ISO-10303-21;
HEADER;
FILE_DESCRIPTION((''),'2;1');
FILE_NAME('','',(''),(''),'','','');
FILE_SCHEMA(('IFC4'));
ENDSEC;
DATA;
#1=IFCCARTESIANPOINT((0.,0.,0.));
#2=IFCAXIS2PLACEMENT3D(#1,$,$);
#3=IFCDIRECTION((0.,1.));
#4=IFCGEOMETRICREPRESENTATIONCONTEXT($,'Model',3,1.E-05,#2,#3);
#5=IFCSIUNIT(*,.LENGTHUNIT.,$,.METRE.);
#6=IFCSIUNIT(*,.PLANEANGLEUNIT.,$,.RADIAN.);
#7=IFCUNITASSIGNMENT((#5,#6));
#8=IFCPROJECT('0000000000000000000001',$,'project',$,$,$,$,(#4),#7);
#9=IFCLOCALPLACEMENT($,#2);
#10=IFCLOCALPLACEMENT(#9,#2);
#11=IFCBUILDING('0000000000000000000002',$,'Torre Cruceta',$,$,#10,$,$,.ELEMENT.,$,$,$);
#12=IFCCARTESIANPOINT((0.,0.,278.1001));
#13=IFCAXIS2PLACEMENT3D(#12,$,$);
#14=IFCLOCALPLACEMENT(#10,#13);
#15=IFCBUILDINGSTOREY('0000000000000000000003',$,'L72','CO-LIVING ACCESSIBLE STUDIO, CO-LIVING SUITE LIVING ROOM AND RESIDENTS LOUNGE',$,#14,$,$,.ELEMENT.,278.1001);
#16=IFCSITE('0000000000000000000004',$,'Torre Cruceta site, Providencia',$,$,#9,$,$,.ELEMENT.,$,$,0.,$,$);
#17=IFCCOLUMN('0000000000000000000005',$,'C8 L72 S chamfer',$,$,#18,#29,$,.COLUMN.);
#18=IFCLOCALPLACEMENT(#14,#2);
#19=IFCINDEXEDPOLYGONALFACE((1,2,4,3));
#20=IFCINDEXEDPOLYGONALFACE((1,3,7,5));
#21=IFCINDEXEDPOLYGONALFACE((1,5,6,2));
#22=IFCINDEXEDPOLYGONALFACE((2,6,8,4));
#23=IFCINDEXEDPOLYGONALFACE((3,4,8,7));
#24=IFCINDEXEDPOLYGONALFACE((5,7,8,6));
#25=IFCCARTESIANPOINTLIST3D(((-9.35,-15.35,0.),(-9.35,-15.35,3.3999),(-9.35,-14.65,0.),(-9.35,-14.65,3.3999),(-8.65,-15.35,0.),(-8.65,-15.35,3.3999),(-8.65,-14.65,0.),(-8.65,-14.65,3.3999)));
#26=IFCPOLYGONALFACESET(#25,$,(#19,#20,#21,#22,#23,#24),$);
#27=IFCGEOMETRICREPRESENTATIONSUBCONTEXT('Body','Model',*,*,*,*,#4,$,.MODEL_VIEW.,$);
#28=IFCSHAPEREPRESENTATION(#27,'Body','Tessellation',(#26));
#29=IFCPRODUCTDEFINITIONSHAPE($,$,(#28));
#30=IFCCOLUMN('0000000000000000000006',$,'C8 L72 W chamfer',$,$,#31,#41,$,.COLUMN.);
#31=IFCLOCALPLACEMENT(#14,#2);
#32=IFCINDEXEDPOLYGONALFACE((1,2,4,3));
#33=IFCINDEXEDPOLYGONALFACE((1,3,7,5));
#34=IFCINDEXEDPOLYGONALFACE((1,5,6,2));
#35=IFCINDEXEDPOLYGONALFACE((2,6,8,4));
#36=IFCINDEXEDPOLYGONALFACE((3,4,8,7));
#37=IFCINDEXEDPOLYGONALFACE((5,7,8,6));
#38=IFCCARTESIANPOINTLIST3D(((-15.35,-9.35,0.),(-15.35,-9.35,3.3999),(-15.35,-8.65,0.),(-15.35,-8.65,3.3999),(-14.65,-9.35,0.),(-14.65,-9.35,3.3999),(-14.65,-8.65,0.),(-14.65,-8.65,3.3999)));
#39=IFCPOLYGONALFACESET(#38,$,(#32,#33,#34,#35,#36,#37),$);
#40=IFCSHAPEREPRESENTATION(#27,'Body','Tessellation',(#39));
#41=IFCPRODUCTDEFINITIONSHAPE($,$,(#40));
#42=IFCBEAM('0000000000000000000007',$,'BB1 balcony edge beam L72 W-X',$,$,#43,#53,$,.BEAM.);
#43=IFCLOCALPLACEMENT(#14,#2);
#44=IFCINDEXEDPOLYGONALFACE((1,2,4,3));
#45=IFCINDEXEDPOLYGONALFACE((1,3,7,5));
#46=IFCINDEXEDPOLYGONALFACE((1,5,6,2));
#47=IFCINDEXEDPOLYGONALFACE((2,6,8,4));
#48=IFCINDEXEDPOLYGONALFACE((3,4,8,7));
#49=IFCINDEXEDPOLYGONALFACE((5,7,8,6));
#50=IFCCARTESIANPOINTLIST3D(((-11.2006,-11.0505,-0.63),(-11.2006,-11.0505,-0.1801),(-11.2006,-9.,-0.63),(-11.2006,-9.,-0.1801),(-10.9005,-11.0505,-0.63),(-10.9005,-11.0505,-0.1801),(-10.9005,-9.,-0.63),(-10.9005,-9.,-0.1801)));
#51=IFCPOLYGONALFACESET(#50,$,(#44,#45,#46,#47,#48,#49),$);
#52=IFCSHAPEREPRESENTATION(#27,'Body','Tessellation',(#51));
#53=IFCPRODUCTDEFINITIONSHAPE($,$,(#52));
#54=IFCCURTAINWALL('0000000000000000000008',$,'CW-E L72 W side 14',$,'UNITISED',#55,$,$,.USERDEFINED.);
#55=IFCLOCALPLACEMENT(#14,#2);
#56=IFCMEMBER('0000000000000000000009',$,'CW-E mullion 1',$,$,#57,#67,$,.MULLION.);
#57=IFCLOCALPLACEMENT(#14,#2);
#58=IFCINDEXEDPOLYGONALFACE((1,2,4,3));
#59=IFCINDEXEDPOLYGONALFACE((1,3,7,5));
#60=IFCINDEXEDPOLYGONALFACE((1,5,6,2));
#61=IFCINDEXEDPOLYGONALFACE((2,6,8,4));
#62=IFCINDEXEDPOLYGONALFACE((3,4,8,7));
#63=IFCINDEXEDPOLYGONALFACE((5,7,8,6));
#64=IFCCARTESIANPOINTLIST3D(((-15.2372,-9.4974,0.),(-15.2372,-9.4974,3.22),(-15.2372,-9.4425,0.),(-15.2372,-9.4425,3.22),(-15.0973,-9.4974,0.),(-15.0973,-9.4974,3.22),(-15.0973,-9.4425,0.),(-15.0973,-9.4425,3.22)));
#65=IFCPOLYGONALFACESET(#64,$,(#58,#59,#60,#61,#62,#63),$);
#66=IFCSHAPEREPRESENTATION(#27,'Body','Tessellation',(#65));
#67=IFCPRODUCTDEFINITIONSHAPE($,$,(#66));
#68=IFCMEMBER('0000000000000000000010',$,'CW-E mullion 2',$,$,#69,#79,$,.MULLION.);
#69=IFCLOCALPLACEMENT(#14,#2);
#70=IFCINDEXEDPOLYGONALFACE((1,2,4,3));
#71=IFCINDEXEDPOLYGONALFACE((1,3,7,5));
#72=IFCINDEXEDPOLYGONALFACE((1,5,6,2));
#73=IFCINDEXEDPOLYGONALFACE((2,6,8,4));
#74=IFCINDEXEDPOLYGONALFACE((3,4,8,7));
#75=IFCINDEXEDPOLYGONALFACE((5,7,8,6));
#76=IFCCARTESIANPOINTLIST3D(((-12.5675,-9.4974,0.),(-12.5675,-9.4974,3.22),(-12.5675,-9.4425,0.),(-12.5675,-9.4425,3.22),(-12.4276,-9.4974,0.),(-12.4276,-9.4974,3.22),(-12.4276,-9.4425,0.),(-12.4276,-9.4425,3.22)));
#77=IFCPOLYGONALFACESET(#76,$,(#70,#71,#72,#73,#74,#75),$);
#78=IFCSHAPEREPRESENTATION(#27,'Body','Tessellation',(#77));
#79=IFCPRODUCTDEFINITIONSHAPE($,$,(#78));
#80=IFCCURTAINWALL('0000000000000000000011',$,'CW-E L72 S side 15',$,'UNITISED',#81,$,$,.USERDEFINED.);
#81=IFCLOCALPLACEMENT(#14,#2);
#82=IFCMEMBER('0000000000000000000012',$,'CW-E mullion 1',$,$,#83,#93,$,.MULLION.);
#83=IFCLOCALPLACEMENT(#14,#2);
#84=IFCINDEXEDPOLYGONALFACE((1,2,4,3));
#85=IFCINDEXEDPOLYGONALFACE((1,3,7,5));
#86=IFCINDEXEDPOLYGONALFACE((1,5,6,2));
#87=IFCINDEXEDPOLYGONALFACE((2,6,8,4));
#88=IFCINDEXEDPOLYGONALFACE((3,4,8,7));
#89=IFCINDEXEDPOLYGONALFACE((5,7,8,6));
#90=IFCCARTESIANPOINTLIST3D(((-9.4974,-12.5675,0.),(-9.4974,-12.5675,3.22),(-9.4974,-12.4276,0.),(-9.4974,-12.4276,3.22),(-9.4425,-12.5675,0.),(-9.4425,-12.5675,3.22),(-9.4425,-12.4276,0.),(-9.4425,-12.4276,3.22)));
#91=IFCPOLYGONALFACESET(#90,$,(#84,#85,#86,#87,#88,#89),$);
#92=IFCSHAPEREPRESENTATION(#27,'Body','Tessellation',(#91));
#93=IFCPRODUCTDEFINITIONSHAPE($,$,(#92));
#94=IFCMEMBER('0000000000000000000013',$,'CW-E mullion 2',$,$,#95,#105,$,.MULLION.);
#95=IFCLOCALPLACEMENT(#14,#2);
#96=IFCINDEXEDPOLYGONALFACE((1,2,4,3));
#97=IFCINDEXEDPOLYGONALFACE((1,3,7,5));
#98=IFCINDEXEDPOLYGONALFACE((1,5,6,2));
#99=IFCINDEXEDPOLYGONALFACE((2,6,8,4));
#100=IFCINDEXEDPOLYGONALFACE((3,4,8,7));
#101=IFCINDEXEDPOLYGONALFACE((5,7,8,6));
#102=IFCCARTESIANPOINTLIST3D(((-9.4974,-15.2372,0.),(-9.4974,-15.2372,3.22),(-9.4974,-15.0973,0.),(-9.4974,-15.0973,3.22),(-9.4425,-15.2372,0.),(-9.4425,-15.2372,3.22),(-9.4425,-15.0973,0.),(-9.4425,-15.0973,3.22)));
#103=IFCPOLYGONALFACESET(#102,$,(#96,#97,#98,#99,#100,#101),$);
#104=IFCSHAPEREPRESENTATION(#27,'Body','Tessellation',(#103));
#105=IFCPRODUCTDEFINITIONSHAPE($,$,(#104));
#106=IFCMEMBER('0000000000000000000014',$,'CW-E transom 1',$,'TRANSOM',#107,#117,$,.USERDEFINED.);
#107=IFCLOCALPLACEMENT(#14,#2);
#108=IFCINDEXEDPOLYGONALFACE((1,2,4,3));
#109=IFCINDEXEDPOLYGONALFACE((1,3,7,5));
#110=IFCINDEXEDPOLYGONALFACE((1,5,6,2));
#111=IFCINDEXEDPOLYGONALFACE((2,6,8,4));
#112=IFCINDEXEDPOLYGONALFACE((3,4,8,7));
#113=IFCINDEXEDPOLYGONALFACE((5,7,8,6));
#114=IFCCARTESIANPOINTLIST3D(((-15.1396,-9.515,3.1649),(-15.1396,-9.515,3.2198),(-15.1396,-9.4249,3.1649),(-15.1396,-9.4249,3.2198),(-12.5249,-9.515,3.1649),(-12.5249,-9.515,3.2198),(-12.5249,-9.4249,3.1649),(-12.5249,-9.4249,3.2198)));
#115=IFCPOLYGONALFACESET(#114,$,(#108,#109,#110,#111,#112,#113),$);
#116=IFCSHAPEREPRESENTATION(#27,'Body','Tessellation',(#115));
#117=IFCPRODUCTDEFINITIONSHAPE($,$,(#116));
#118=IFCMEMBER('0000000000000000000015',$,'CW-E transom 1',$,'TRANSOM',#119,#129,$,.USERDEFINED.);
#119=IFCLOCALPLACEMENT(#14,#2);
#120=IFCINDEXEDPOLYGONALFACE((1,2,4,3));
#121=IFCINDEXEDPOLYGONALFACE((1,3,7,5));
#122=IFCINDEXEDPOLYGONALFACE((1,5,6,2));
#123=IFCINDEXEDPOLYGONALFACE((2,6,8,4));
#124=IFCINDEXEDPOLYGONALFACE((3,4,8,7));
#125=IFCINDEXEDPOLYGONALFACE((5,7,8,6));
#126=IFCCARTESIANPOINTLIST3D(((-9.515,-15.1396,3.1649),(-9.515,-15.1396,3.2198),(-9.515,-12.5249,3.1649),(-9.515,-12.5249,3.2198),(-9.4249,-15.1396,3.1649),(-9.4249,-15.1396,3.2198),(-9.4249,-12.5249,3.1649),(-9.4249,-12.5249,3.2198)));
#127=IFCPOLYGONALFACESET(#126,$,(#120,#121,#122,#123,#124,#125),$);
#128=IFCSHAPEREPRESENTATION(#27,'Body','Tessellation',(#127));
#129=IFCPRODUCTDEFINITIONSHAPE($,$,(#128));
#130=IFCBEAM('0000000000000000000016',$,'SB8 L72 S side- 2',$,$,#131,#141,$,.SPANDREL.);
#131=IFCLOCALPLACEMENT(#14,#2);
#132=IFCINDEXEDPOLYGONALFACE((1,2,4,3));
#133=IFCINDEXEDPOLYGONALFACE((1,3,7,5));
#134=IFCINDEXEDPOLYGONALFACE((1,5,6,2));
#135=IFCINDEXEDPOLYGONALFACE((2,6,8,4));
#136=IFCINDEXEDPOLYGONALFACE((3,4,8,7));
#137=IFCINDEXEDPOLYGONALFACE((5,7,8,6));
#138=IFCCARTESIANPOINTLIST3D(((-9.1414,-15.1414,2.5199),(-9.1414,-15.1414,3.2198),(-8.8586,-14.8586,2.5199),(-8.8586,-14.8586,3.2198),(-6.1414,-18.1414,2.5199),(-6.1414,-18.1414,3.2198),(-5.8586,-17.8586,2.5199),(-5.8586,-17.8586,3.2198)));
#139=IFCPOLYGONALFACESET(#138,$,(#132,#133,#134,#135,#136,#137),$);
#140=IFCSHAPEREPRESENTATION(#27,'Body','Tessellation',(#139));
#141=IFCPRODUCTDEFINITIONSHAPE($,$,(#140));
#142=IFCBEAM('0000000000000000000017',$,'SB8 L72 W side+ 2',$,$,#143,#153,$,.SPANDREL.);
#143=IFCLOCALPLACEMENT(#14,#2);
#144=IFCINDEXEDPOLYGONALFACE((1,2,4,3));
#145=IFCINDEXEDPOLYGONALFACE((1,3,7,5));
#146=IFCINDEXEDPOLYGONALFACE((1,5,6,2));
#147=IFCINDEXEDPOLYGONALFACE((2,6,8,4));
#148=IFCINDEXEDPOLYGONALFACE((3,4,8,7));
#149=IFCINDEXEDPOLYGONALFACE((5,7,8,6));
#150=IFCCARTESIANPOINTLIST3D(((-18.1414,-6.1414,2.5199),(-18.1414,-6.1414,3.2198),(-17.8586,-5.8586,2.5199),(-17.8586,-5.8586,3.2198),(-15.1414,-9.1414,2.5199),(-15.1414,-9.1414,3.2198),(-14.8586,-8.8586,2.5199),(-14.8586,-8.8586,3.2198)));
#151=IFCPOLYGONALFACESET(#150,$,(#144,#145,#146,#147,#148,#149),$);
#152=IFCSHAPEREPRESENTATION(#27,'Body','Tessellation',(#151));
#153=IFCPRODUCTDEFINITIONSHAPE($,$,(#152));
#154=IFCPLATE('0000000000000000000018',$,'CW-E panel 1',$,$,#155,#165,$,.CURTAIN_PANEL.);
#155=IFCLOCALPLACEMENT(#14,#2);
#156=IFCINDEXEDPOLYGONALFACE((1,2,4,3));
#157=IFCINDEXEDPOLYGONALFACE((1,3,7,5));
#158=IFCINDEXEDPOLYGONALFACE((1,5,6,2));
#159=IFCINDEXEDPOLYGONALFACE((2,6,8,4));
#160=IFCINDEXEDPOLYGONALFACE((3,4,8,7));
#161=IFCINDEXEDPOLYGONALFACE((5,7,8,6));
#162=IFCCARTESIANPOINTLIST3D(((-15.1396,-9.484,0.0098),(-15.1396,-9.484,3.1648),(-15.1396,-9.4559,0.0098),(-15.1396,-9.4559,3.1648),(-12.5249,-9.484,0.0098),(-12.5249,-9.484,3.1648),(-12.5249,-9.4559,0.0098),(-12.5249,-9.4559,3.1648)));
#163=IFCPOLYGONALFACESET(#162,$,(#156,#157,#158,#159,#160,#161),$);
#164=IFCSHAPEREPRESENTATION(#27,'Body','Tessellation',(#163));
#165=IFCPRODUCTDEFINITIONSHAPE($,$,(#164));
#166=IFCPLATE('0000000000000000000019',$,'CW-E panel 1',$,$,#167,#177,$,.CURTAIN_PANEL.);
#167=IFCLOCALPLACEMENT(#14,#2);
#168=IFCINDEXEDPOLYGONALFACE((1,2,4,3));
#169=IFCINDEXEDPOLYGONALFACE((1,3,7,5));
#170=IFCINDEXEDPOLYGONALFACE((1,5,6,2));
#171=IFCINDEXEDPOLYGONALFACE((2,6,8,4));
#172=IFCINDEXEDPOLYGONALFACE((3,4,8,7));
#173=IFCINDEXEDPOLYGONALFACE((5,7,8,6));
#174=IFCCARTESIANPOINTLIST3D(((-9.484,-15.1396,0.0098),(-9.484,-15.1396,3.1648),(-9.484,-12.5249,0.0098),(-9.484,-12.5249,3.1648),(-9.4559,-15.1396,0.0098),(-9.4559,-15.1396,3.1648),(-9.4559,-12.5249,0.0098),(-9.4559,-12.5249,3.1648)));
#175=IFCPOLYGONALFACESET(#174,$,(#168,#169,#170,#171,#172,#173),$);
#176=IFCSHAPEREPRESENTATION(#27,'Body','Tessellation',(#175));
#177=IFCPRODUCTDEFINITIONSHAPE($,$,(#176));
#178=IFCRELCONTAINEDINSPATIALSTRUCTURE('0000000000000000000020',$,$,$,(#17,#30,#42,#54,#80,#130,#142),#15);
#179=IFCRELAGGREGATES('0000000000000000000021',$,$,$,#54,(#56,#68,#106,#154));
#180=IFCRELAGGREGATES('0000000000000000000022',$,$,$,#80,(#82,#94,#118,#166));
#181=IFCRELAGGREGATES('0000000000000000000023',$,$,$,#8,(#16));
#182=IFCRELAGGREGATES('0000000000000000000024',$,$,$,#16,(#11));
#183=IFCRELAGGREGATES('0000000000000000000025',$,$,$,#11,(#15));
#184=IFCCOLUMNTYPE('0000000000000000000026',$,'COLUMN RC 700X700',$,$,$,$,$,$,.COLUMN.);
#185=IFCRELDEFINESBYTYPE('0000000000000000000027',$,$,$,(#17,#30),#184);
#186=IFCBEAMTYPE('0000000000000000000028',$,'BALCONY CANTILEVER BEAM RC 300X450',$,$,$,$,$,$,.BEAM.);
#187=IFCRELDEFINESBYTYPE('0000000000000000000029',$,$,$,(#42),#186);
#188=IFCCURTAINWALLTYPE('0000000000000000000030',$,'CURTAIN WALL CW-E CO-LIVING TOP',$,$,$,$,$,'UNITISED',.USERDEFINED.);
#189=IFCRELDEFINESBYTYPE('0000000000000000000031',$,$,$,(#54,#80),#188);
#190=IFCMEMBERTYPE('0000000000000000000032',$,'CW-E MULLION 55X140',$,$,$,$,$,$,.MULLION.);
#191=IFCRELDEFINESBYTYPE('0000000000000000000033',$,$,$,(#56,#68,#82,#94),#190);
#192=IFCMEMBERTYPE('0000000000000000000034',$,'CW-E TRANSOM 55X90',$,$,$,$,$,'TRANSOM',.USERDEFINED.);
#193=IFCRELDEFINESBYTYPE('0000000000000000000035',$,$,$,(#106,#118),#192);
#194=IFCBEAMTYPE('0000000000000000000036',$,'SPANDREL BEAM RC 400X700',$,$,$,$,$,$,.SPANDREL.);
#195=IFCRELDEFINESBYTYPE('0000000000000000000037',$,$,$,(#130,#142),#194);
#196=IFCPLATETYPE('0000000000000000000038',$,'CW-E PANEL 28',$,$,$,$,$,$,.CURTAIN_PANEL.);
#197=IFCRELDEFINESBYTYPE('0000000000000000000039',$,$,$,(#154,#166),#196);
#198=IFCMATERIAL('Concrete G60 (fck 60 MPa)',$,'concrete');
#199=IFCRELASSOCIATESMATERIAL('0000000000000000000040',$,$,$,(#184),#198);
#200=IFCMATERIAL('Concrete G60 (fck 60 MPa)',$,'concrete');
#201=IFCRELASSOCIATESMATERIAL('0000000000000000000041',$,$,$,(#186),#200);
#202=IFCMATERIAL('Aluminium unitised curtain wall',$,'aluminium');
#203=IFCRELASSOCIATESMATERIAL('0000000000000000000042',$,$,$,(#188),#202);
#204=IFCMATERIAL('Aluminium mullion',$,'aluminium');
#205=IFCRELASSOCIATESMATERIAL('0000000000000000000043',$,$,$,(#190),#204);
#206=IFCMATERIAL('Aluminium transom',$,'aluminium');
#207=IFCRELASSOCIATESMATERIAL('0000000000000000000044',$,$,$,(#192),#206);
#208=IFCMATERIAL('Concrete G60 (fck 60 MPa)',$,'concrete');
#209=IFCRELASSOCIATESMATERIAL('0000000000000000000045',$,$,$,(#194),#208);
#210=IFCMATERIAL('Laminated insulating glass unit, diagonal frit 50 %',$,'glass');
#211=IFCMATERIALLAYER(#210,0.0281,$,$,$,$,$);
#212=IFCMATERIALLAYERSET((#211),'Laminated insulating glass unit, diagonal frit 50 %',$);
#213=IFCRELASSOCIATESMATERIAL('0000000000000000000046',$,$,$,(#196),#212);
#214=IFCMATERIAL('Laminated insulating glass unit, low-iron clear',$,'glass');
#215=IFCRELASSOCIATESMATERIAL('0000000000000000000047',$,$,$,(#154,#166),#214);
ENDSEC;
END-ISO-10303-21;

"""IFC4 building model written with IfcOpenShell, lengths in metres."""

from ifc_helpers import new_model, si_unit, direction, frame, origin, origin_2d, place, context, subcontext, project, spatial, rectangle, extrude, material, layer, layer_set, material_profile, profile_set, type_object, element, aggregate, save


model = new_model("IFC4")

# Units and contexts
model_context = context("Model", 3, precision=1e-05, world=origin(), true_north=direction((0.0, 1.0)))
body_context = subcontext(model_context, "Body", "Model", "MODEL_VIEW")
ifc_project = project(units=[si_unit("LENGTHUNIT", "METRE"), si_unit("PLANEANGLEUNIT", "RADIAN")], contexts=[model_context])

# Site, building, storey
site_placement = place(None, origin())
site = spatial("IfcSite", under=ifc_project, at=site_placement, Name="Torre Cruceta site, Providencia", CompositionType="ELEMENT", RefElevation=0.0)
building_placement = place(site_placement, origin())
building = spatial("IfcBuilding", under=site, at=building_placement, Name="Torre Cruceta", CompositionType="ELEMENT")
storey_placement = place(building_placement, frame((0.0, 0.0, 278.1001)))
storey = spatial("IfcBuildingStorey", under=building, at=storey_placement, Name="L72", Description="CO-LIVING ACCESSIBLE STUDIO, CO-LIVING SUITE LIVING ROOM AND RESIDENTS LOUNGE", CompositionType="ELEMENT", Elevation=278.1001)

# Columns
ifc_material_1 = material(Name="Concrete G60 (fck 60 MPa)", Category="concrete")
ifc_material_profile_1 = material_profile(ifc_material_1, rectangle(XDim=0.7, YDim=0.7, at=origin_2d()), Name="RC 700X700")
ifc_profile_set_1 = profile_set([ifc_material_profile_1], Name="Concrete G60 (fck 60 MPa)")
column_type = type_object("IfcColumnType", Name="COLUMN RC 700X700", PredefinedType="COLUMN", material=ifc_profile_set_1)
for number, where, z_axis, x_axis, name in (
    (1, (-9.0, -15.0, 0.0), (0.0, 0.0, 1.0), (1.0, 0.0, 0.0), "C8 L72 S chamfer"),
    (2, (-15.0, -9.0, 0.0), (0.0, 0.0, 1.0), (1.0, 0.0, 0.0), "C8 L72 W chamfer"),
):
    element("IfcColumn", number, at=place(storey_placement, frame(where, z_axis=z_axis, x_axis=x_axis)), inside=storey, type_object=column_type, Name=name, PredefinedType="COLUMN", context=body_context, shape_type="SweptSolid", body=[
        extrude(rectangle(XDim=0.7, YDim=0.7, at=origin_2d()), origin(), (0.0, 0.0, 1.0), 3.3999),
    ])

# Beam
ifc_material_2 = material(Name="Concrete G60 (fck 60 MPa)", Category="concrete")
ifc_material_profile_2 = material_profile(ifc_material_2, rectangle(XDim=0.3, YDim=0.45, at=origin_2d()), Name="RC 300X450")
ifc_profile_set_2 = profile_set([ifc_material_profile_2], Name="Concrete G60 (fck 60 MPa)")
beam_type_1 = type_object("IfcBeamType", Name="BALCONY CANTILEVER BEAM RC 300X450", PredefinedType="BEAM", material=ifc_profile_set_2)
beam_placement = place(storey_placement, frame((-11.0505, -9.0, -0.405), z_axis=(0.0, -1.0, 0.0), x_axis=(1.0, 0.0, 0.0)))
element("IfcBeam", 3, at=beam_placement, inside=storey, type_object=beam_type_1, Name="BB1 balcony edge beam L72 W-X", PredefinedType="BEAM", context=body_context, shape_type="SweptSolid", body=[
    extrude(rectangle(XDim=0.3, YDim=0.45, at=origin_2d()), origin(), (0.0, 0.0, 1.0), 2.0505),
])

# Curtain walls, members
ifc_material_3 = material(Name="Aluminium unitised curtain wall", Category="aluminium")
curtain_wall_type = type_object("IfcCurtainWallType", Name="CURTAIN WALL CW-E CO-LIVING TOP", ElementType="UNITISED", PredefinedType="USERDEFINED", material=ifc_material_3)
curtain_wall_1_placement = place(storey_placement, origin())
curtain_wall_1 = element("IfcCurtainWall", 4, at=curtain_wall_1_placement, inside=storey, type_object=curtain_wall_type, Name="CW-E L72 W side 14", ObjectType="UNITISED", PredefinedType="USERDEFINED")
ifc_material_4 = material(Name="Aluminium mullion", Category="aluminium")
ifc_material_profile_3 = material_profile(ifc_material_4, rectangle(XDim=0.0549, YDim=0.1399, at=origin_2d()), Name="AL 55X140")
ifc_profile_set_3 = profile_set([ifc_material_profile_3], Name="Aluminium mullion")
member_type_1 = type_object("IfcMemberType", Name="CW-E MULLION 55X140", PredefinedType="MULLION", material=ifc_profile_set_3)
member_1_placement = place(storey_placement, frame((-15.1672, -9.47, 0.0), z_axis=(0.0, 0.0, 1.0), x_axis=(0.0, 1.0, 0.0)))
member_1 = element("IfcMember", 5, at=member_1_placement, type_object=member_type_1, Name="CW-E mullion 1", PredefinedType="MULLION", context=body_context, shape_type="SweptSolid", body=[
    extrude(rectangle(XDim=0.0549, YDim=0.1399, at=origin_2d()), origin(), (0.0, 0.0, 1.0), 3.22),
])
member_2_placement = place(storey_placement, frame((-12.4976, -9.47, 0.0), z_axis=(0.0, 0.0, 1.0), x_axis=(0.0, 1.0, 0.0)))
member_2 = element("IfcMember", 6, at=member_2_placement, type_object=member_type_1, Name="CW-E mullion 2", PredefinedType="MULLION", context=body_context, shape_type="SweptSolid", body=[
    extrude(rectangle(XDim=0.0549, YDim=0.1399, at=origin_2d()), origin(), (0.0, 0.0, 1.0), 3.22),
])
curtain_wall_2_placement = place(storey_placement, origin())
curtain_wall_2 = element("IfcCurtainWall", 7, at=curtain_wall_2_placement, inside=storey, type_object=curtain_wall_type, Name="CW-E L72 S side 15", ObjectType="UNITISED", PredefinedType="USERDEFINED")
member_3_placement = place(storey_placement, frame((-9.47, -12.4976, 0.0), z_axis=(0.0, 0.0, 1.0), x_axis=(1.0, 0.0, 0.0)))
member_3 = element("IfcMember", 8, at=member_3_placement, type_object=member_type_1, Name="CW-E mullion 1", PredefinedType="MULLION", context=body_context, shape_type="SweptSolid", body=[
    extrude(rectangle(XDim=0.0549, YDim=0.1399, at=origin_2d()), origin(), (0.0, 0.0, 1.0), 3.22),
])
member_4_placement = place(storey_placement, frame((-9.47, -15.1672, 0.0), z_axis=(0.0, 0.0, 1.0), x_axis=(1.0, 0.0, 0.0)))
member_4 = element("IfcMember", 9, at=member_4_placement, type_object=member_type_1, Name="CW-E mullion 2", PredefinedType="MULLION", context=body_context, shape_type="SweptSolid", body=[
    extrude(rectangle(XDim=0.0549, YDim=0.1399, at=origin_2d()), origin(), (0.0, 0.0, 1.0), 3.22),
])

# Members
ifc_material_5 = material(Name="Aluminium transom", Category="aluminium")
ifc_material_profile_4 = material_profile(ifc_material_5, rectangle(XDim=0.0901, YDim=0.0549, at=origin_2d()), Name="AL 90X55")
ifc_profile_set_4 = profile_set([ifc_material_profile_4], Name="Aluminium transom")
member_type_2 = type_object("IfcMemberType", Name="CW-E TRANSOM 55X90", ElementType="TRANSOM", PredefinedType="USERDEFINED", material=ifc_profile_set_4)
member_5_placement = place(storey_placement, frame((-15.1396, -9.47, 3.1924), z_axis=(1.0, 0.0, 0.0), x_axis=(0.0, 1.0, 0.0)))
member_5 = element("IfcMember", 10, at=member_5_placement, type_object=member_type_2, Name="CW-E transom 1", ObjectType="TRANSOM", PredefinedType="USERDEFINED", context=body_context, shape_type="SweptSolid", body=[
    extrude(rectangle(XDim=0.0901, YDim=0.0549, at=origin_2d()), origin(), (0.0, 0.0, 1.0), 2.6147),
])
member_6_placement = place(storey_placement, frame((-9.47, -12.5249, 3.1924), z_axis=(0.0, -1.0, 0.0), x_axis=(1.0, 0.0, 0.0)))
member_6 = element("IfcMember", 11, at=member_6_placement, type_object=member_type_2, Name="CW-E transom 1", ObjectType="TRANSOM", PredefinedType="USERDEFINED", context=body_context, shape_type="SweptSolid", body=[
    extrude(rectangle(XDim=0.0901, YDim=0.0549, at=origin_2d()), origin(), (0.0, 0.0, 1.0), 2.6147),
])

# Beams
ifc_material_6 = material(Name="Concrete G60 (fck 60 MPa)", Category="concrete")
ifc_material_profile_5 = material_profile(ifc_material_6, rectangle(XDim=0.3999, YDim=0.7, at=origin_2d()), Name="RC 400X700")
ifc_profile_set_5 = profile_set([ifc_material_profile_5], Name="Concrete G60 (fck 60 MPa)")
beam_type_2 = type_object("IfcBeamType", Name="SPANDREL BEAM RC 400X700", PredefinedType="SPANDREL", material=ifc_profile_set_5)
for number, where, z_axis, x_axis, name in (
    (12, (-9.0, -15.0, 2.8699), (0.707107, -0.707107, 0.0), (0.707107, 0.707107, 0.0), "SB8 L72 S side- 2"),
    (13, (-15.0, -9.0, 2.8699), (-0.707107, 0.707107, 0.0), (-0.707107, -0.707107, 0.0), "SB8 L72 W side+ 2"),
):
    element("IfcBeam", number, at=place(storey_placement, frame(where, z_axis=z_axis, x_axis=x_axis)), inside=storey, type_object=beam_type_2, Name=name, PredefinedType="SPANDREL", context=body_context, shape_type="SweptSolid", body=[
        extrude(rectangle(XDim=0.3999, YDim=0.7, at=origin_2d()), origin(), (0.0, 0.0, 1.0), 4.2427),
    ])

# Plates
ifc_material_7 = material(Name="Laminated insulating glass unit, low-iron clear", Category="glass")
ifc_material_8 = material(Name="Laminated insulating glass unit, diagonal frit 50 %", Category="glass")
ifc_layer_1 = layer(ifc_material_8, 0.0281)
ifc_layer_set_1 = layer_set([ifc_layer_1], Name="Laminated insulating glass unit, diagonal frit 50 %")
plate_type = type_object("IfcPlateType", Name="CW-E PANEL 28", PredefinedType="CURTAIN_PANEL", material=ifc_layer_set_1)
plate_1_placement = place(storey_placement, frame((-13.8323, -9.47, 0.0098), z_axis=(0.0, 0.0, 1.0), x_axis=(1.0, 0.0, 0.0)))
plate_1 = element("IfcPlate", 14, at=plate_1_placement, type_object=plate_type, material=ifc_material_7, Name="CW-E panel 1", PredefinedType="CURTAIN_PANEL", context=body_context, shape_type="SweptSolid", body=[
    extrude(rectangle(XDim=2.6147, YDim=0.0281, at=origin_2d()), origin(), (0.0, 0.0, 1.0), 3.155),
])
aggregate(curtain_wall_1, [member_1, member_2, member_5, plate_1])
plate_2_placement = place(storey_placement, frame((-9.47, -13.8323, 0.0098), z_axis=(0.0, 0.0, 1.0), x_axis=(0.0, -1.0, 0.0)))
plate_2 = element("IfcPlate", 15, at=plate_2_placement, type_object=plate_type, material=ifc_material_7, Name="CW-E panel 1", PredefinedType="CURTAIN_PANEL", context=body_context, shape_type="SweptSolid", body=[
    extrude(rectangle(XDim=2.6147, YDim=0.0281, at=origin_2d()), origin(), (0.0, 0.0, 1.0), 3.155),
])
aggregate(curtain_wall_2, [member_3, member_4, member_6, plate_2])

save(model, "model.ifc")
